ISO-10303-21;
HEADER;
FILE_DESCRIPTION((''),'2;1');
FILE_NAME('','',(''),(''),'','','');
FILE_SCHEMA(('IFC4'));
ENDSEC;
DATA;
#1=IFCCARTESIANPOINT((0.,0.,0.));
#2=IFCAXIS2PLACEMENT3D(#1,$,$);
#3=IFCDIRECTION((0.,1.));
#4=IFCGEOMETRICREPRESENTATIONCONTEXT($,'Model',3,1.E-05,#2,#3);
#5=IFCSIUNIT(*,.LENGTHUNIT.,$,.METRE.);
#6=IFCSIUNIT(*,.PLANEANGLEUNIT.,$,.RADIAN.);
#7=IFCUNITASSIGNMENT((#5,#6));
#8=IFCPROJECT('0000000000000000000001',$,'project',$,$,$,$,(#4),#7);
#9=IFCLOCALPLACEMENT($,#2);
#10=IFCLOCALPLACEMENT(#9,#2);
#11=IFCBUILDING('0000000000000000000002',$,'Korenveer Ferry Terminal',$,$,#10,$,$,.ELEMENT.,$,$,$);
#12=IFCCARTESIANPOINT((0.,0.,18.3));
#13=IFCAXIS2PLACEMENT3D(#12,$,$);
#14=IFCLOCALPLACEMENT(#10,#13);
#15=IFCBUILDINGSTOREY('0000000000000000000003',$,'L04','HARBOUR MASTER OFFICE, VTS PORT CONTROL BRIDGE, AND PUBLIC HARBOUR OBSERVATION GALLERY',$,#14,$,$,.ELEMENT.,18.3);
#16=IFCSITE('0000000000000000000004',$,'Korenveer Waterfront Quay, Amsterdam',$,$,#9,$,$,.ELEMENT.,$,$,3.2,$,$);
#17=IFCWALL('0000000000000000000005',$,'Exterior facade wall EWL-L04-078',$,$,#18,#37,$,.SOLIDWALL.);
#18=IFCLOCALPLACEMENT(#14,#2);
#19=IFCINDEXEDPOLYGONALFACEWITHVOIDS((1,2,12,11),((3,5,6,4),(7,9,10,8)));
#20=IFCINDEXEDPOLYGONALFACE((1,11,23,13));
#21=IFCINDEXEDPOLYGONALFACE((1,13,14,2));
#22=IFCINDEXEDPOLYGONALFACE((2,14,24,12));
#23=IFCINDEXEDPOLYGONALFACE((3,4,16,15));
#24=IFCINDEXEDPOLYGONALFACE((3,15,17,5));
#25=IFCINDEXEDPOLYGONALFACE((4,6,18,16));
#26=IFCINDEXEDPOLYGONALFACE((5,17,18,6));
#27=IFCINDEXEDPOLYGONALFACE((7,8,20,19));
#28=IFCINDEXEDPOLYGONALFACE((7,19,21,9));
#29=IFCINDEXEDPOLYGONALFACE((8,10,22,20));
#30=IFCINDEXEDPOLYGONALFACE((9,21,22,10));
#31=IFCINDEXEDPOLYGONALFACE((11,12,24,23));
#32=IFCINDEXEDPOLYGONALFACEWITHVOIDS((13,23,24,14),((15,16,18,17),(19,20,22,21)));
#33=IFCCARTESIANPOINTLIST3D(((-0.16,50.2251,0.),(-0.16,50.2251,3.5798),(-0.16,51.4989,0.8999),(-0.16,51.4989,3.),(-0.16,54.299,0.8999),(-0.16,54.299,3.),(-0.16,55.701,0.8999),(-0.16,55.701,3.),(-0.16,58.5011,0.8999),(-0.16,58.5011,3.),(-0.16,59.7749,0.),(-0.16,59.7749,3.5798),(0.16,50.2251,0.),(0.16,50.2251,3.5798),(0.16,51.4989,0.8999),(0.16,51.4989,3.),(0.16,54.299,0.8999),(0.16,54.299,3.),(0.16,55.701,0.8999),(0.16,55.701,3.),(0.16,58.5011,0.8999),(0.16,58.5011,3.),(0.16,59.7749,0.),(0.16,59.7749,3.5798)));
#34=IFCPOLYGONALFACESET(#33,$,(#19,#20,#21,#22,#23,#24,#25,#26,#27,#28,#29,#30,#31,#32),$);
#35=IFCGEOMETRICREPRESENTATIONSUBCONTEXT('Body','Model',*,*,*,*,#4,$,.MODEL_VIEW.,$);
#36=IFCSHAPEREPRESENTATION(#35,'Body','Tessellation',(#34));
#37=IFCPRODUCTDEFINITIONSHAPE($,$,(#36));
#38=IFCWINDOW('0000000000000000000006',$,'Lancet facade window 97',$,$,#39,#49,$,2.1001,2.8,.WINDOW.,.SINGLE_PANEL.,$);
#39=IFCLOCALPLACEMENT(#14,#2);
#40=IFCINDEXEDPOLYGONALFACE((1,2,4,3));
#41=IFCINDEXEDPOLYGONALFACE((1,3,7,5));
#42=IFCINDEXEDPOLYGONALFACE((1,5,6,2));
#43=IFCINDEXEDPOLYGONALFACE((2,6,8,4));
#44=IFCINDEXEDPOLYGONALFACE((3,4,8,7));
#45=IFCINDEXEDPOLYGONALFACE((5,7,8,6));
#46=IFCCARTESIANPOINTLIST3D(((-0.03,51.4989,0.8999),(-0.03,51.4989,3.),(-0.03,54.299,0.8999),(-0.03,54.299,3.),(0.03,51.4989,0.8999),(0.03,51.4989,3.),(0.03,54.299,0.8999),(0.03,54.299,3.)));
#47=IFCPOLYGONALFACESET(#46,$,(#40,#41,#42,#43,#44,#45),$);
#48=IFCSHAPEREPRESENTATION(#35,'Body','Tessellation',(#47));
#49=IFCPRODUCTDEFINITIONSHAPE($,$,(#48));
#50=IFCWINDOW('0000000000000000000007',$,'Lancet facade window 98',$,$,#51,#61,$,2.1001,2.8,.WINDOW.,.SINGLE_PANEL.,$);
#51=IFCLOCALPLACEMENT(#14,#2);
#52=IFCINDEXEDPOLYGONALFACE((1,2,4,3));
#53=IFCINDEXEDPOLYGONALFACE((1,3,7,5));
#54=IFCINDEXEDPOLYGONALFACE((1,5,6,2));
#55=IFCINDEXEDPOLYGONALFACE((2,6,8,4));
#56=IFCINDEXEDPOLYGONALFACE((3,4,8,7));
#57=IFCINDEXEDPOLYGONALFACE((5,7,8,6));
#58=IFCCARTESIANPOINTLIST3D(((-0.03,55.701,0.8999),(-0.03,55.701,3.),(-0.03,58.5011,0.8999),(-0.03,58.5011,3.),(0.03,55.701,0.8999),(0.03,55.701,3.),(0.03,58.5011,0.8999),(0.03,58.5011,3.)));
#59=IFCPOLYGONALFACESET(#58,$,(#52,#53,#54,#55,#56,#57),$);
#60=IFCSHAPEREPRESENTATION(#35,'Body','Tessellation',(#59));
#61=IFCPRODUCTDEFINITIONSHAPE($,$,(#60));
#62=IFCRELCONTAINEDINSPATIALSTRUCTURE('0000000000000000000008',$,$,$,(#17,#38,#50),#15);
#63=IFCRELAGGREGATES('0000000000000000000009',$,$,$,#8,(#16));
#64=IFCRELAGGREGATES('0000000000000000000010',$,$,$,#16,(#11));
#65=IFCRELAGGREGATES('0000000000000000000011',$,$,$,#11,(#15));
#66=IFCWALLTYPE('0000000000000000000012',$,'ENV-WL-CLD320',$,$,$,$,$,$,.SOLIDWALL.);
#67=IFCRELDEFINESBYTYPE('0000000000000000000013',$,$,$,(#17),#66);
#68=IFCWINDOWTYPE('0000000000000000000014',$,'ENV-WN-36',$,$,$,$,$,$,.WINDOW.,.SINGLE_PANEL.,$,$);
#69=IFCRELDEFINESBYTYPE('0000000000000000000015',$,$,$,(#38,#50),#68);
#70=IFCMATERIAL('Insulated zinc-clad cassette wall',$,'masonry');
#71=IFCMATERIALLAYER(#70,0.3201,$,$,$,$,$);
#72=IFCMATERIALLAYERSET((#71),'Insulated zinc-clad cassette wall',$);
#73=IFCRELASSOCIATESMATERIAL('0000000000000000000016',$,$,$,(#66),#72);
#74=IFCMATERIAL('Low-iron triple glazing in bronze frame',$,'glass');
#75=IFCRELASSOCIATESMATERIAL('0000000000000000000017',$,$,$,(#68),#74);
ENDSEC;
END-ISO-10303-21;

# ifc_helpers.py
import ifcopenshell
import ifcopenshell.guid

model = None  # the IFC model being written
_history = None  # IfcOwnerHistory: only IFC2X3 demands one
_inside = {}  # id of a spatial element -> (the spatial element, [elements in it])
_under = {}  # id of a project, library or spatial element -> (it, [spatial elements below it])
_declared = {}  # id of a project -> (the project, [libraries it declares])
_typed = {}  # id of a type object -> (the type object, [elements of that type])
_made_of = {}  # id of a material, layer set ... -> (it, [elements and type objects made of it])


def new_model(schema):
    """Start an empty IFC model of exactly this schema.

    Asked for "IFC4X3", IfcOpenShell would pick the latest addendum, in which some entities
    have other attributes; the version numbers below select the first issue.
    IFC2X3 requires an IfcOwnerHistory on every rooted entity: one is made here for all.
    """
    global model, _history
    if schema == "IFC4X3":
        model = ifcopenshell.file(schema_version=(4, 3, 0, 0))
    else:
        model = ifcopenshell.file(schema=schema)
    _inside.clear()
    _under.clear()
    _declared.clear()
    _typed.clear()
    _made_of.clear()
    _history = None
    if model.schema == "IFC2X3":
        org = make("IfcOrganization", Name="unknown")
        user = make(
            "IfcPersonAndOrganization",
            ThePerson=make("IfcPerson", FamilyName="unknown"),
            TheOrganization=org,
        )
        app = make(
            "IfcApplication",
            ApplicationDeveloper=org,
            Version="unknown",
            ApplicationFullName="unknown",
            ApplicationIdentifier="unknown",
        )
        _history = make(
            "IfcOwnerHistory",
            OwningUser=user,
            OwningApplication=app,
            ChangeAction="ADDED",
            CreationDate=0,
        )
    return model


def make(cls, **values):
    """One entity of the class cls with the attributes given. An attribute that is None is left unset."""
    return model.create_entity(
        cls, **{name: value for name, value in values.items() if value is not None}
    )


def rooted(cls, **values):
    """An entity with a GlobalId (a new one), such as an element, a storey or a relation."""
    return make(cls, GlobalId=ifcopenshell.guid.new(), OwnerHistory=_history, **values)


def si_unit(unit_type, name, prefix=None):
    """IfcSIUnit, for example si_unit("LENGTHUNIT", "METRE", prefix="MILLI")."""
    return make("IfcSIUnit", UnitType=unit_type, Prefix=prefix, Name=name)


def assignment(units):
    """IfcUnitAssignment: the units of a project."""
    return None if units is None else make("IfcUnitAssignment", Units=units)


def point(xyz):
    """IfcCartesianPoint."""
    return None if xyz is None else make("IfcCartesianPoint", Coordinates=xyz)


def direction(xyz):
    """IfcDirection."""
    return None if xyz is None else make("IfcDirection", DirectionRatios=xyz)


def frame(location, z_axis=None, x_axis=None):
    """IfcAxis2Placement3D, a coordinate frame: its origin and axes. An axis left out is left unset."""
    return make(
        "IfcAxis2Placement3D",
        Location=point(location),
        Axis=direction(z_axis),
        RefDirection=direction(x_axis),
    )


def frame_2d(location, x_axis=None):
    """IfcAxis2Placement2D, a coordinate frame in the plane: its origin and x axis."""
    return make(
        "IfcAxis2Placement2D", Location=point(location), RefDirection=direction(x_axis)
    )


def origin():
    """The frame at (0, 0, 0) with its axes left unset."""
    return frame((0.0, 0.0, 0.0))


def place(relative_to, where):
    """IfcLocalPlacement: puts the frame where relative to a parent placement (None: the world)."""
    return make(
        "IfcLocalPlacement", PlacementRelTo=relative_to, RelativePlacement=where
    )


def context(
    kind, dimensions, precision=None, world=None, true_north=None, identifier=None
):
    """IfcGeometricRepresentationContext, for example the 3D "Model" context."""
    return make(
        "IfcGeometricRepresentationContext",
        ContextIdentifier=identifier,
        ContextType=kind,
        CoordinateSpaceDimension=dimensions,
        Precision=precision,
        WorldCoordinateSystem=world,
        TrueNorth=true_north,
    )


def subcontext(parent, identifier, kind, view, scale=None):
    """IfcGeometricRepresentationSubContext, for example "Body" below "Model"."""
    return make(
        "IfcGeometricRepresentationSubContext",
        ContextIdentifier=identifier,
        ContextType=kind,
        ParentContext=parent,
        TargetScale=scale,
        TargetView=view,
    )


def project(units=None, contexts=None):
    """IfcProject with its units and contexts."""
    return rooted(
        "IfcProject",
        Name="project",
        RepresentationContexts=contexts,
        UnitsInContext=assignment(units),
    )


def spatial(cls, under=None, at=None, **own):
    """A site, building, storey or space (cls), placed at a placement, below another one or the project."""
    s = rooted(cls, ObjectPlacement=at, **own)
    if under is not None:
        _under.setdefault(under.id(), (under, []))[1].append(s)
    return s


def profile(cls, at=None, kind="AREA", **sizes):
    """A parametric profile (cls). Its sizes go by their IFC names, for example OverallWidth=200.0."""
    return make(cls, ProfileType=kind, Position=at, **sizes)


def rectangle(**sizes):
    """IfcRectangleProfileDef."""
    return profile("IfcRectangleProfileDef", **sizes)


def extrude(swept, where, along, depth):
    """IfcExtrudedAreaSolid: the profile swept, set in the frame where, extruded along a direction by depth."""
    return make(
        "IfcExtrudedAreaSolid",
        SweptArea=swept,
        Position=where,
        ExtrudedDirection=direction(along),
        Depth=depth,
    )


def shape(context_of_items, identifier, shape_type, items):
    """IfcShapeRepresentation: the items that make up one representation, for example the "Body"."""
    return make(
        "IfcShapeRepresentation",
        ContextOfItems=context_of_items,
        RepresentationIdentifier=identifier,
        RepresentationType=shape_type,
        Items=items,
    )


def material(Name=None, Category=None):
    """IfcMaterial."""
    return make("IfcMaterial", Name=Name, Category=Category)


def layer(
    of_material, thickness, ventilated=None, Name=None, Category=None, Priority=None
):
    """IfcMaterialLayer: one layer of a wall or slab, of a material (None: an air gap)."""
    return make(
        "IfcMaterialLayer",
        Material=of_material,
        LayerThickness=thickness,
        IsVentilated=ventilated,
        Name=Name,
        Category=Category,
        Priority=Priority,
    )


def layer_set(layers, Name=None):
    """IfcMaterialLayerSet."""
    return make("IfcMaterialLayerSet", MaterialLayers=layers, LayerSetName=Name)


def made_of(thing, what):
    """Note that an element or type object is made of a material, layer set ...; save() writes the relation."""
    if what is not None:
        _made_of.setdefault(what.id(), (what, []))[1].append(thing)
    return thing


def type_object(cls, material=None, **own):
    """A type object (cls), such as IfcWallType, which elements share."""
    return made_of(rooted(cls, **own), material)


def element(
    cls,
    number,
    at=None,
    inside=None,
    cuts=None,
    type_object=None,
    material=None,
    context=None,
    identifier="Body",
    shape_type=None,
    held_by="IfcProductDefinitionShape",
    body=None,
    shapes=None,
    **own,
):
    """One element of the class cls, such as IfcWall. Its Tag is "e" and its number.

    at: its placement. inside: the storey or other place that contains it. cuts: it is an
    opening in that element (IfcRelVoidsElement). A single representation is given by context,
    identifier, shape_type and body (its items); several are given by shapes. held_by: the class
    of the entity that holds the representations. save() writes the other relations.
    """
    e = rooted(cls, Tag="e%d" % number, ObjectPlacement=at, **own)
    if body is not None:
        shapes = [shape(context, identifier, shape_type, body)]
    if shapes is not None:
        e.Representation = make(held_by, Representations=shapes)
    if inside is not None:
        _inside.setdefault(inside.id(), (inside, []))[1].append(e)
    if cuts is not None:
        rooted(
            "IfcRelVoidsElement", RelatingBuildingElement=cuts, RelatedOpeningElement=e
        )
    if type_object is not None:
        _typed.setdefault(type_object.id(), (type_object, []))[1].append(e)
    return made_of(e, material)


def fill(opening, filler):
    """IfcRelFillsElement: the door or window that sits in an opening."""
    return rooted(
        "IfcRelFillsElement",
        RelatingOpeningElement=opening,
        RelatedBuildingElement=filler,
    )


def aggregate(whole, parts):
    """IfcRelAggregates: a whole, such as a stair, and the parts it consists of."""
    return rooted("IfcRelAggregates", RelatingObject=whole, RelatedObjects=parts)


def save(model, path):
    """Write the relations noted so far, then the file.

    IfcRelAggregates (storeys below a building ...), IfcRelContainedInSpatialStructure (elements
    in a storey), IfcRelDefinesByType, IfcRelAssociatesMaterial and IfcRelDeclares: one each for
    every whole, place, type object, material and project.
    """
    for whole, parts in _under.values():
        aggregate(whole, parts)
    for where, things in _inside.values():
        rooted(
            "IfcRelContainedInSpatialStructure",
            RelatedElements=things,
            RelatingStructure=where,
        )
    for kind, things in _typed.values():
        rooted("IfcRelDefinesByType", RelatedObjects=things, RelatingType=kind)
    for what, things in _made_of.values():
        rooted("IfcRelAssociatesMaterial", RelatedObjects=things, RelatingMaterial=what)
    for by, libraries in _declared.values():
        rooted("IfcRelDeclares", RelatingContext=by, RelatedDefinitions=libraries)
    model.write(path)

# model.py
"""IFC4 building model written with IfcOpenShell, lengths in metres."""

from ifc_helpers import new_model, si_unit, direction, frame, frame_2d, origin, place, context, subcontext, project, spatial, rectangle, extrude, material, layer, layer_set, type_object, element, fill, save


model = new_model("IFC4")

# Units and contexts
model_context = context("Model", 3, precision=1e-05, world=origin(), true_north=direction((0.0, 1.0)))
body_context = subcontext(model_context, "Body", "Model", "MODEL_VIEW")
ifc_project = project(units=[si_unit("LENGTHUNIT", "METRE"), si_unit("PLANEANGLEUNIT", "RADIAN")], contexts=[model_context])

# Site, building, storey
site_placement = place(None, origin())
site = spatial("IfcSite", under=ifc_project, at=site_placement, Name="Korenveer Waterfront Quay, Amsterdam", CompositionType="ELEMENT", RefElevation=3.2)
building_placement = place(site_placement, origin())
building = spatial("IfcBuilding", under=site, at=building_placement, Name="Korenveer Ferry Terminal", CompositionType="ELEMENT")
storey_placement = place(building_placement, frame((0.0, 0.0, 18.3)))
storey = spatial("IfcBuildingStorey", under=building, at=storey_placement, Name="L04", Description="HARBOUR MASTER OFFICE, VTS PORT CONTROL BRIDGE, AND PUBLIC HARBOUR OBSERVATION GALLERY", CompositionType="ELEMENT", Elevation=18.3)

# Shared definitions
ifc_material_1 = material(Name="Insulated zinc-clad cassette wall", Category="masonry")
ifc_layer_1 = layer(ifc_material_1, 0.3201)
ifc_layer_set_1 = layer_set([ifc_layer_1], Name="Insulated zinc-clad cassette wall")
wall_type = type_object("IfcWallType", Name="ENV-WL-CLD320", PredefinedType="SOLIDWALL", material=ifc_layer_set_1)

# Wall, openings, windows
wall_1_placement = place(storey_placement, frame((0.0, 50.2251, 0.0), z_axis=(0.0, 0.0, 1.0), x_axis=(0.0, 1.0, 0.0)))
wall_1 = element("IfcWall", 1, at=wall_1_placement, inside=storey, type_object=wall_type, Name="Exterior facade wall EWL-L04-078", PredefinedType="SOLIDWALL", context=body_context, shape_type="SweptSolid", body=[
    extrude(rectangle(XDim=9.5498, YDim=0.3201, at=frame_2d((4.7749, 0.0))), origin(), (0.0, 0.0, 1.0), 3.5798),
])
opening_1_placement = place(wall_1_placement, frame((1.2739, 0.0, 0.8999)))
opening_1 = element("IfcOpeningElement", 2, at=opening_1_placement, cuts=wall_1, PredefinedType="OPENING", context=body_context, shape_type="SweptSolid", body=[
    extrude(rectangle(XDim=2.8, YDim=2.1001, at=frame_2d((1.3999, 1.05))), frame((0.0, 0.1699, 0.0), z_axis=(0.0, -1.0, 0.0), x_axis=(1.0, 0.0, 0.0)), (0.0, 0.0, 1.0), 0.3401),
])
opening_2_placement = place(wall_1_placement, frame((5.4761, 0.0, 0.8999)))
opening_2 = element("IfcOpeningElement", 3, at=opening_2_placement, cuts=wall_1, PredefinedType="OPENING", context=body_context, shape_type="SweptSolid", body=[
    extrude(rectangle(XDim=2.8, YDim=2.1001, at=frame_2d((1.3999, 1.05))), frame((0.0, 0.1699, 0.0), z_axis=(0.0, -1.0, 0.0), x_axis=(1.0, 0.0, 0.0)), (0.0, 0.0, 1.0), 0.3401),
])
ifc_material_2 = material(Name="Low-iron triple glazing in bronze frame", Category="glass")
window_type = type_object("IfcWindowType", Name="ENV-WN-36", PartitioningType="SINGLE_PANEL", PredefinedType="WINDOW", material=ifc_material_2)
window_1_placement = place(opening_1_placement, origin())
window_1 = element("IfcWindow", 4, at=window_1_placement, inside=storey, type_object=window_type, Name="Lancet facade window 97", OverallHeight=2.1001, OverallWidth=2.8, PartitioningType="SINGLE_PANEL", PredefinedType="WINDOW", context=body_context, shape_type="SweptSolid", body=[
    extrude(rectangle(XDim=2.8, YDim=2.1001, at=frame_2d((1.3999, 1.05))), frame((0.0, 0.03, 0.0), z_axis=(0.0, -1.0, 0.0), x_axis=(1.0, 0.0, 0.0)), (0.0, 0.0, 1.0), 0.0601),
])
fill(opening_1, window_1)
window_2_placement = place(opening_2_placement, origin())
window_2 = element("IfcWindow", 5, at=window_2_placement, inside=storey, type_object=window_type, Name="Lancet facade window 98", OverallHeight=2.1001, OverallWidth=2.8, PartitioningType="SINGLE_PANEL", PredefinedType="WINDOW", context=body_context, shape_type="SweptSolid", body=[
    extrude(rectangle(XDim=2.8, YDim=2.1001, at=frame_2d((1.3999, 1.05))), frame((0.0, 0.03, 0.0), z_axis=(0.0, -1.0, 0.0), x_axis=(1.0, 0.0, 0.0)), (0.0, 0.0, 1.0), 0.0601),
])
fill(opening_2, window_2)

save(model, "model.ifc")
